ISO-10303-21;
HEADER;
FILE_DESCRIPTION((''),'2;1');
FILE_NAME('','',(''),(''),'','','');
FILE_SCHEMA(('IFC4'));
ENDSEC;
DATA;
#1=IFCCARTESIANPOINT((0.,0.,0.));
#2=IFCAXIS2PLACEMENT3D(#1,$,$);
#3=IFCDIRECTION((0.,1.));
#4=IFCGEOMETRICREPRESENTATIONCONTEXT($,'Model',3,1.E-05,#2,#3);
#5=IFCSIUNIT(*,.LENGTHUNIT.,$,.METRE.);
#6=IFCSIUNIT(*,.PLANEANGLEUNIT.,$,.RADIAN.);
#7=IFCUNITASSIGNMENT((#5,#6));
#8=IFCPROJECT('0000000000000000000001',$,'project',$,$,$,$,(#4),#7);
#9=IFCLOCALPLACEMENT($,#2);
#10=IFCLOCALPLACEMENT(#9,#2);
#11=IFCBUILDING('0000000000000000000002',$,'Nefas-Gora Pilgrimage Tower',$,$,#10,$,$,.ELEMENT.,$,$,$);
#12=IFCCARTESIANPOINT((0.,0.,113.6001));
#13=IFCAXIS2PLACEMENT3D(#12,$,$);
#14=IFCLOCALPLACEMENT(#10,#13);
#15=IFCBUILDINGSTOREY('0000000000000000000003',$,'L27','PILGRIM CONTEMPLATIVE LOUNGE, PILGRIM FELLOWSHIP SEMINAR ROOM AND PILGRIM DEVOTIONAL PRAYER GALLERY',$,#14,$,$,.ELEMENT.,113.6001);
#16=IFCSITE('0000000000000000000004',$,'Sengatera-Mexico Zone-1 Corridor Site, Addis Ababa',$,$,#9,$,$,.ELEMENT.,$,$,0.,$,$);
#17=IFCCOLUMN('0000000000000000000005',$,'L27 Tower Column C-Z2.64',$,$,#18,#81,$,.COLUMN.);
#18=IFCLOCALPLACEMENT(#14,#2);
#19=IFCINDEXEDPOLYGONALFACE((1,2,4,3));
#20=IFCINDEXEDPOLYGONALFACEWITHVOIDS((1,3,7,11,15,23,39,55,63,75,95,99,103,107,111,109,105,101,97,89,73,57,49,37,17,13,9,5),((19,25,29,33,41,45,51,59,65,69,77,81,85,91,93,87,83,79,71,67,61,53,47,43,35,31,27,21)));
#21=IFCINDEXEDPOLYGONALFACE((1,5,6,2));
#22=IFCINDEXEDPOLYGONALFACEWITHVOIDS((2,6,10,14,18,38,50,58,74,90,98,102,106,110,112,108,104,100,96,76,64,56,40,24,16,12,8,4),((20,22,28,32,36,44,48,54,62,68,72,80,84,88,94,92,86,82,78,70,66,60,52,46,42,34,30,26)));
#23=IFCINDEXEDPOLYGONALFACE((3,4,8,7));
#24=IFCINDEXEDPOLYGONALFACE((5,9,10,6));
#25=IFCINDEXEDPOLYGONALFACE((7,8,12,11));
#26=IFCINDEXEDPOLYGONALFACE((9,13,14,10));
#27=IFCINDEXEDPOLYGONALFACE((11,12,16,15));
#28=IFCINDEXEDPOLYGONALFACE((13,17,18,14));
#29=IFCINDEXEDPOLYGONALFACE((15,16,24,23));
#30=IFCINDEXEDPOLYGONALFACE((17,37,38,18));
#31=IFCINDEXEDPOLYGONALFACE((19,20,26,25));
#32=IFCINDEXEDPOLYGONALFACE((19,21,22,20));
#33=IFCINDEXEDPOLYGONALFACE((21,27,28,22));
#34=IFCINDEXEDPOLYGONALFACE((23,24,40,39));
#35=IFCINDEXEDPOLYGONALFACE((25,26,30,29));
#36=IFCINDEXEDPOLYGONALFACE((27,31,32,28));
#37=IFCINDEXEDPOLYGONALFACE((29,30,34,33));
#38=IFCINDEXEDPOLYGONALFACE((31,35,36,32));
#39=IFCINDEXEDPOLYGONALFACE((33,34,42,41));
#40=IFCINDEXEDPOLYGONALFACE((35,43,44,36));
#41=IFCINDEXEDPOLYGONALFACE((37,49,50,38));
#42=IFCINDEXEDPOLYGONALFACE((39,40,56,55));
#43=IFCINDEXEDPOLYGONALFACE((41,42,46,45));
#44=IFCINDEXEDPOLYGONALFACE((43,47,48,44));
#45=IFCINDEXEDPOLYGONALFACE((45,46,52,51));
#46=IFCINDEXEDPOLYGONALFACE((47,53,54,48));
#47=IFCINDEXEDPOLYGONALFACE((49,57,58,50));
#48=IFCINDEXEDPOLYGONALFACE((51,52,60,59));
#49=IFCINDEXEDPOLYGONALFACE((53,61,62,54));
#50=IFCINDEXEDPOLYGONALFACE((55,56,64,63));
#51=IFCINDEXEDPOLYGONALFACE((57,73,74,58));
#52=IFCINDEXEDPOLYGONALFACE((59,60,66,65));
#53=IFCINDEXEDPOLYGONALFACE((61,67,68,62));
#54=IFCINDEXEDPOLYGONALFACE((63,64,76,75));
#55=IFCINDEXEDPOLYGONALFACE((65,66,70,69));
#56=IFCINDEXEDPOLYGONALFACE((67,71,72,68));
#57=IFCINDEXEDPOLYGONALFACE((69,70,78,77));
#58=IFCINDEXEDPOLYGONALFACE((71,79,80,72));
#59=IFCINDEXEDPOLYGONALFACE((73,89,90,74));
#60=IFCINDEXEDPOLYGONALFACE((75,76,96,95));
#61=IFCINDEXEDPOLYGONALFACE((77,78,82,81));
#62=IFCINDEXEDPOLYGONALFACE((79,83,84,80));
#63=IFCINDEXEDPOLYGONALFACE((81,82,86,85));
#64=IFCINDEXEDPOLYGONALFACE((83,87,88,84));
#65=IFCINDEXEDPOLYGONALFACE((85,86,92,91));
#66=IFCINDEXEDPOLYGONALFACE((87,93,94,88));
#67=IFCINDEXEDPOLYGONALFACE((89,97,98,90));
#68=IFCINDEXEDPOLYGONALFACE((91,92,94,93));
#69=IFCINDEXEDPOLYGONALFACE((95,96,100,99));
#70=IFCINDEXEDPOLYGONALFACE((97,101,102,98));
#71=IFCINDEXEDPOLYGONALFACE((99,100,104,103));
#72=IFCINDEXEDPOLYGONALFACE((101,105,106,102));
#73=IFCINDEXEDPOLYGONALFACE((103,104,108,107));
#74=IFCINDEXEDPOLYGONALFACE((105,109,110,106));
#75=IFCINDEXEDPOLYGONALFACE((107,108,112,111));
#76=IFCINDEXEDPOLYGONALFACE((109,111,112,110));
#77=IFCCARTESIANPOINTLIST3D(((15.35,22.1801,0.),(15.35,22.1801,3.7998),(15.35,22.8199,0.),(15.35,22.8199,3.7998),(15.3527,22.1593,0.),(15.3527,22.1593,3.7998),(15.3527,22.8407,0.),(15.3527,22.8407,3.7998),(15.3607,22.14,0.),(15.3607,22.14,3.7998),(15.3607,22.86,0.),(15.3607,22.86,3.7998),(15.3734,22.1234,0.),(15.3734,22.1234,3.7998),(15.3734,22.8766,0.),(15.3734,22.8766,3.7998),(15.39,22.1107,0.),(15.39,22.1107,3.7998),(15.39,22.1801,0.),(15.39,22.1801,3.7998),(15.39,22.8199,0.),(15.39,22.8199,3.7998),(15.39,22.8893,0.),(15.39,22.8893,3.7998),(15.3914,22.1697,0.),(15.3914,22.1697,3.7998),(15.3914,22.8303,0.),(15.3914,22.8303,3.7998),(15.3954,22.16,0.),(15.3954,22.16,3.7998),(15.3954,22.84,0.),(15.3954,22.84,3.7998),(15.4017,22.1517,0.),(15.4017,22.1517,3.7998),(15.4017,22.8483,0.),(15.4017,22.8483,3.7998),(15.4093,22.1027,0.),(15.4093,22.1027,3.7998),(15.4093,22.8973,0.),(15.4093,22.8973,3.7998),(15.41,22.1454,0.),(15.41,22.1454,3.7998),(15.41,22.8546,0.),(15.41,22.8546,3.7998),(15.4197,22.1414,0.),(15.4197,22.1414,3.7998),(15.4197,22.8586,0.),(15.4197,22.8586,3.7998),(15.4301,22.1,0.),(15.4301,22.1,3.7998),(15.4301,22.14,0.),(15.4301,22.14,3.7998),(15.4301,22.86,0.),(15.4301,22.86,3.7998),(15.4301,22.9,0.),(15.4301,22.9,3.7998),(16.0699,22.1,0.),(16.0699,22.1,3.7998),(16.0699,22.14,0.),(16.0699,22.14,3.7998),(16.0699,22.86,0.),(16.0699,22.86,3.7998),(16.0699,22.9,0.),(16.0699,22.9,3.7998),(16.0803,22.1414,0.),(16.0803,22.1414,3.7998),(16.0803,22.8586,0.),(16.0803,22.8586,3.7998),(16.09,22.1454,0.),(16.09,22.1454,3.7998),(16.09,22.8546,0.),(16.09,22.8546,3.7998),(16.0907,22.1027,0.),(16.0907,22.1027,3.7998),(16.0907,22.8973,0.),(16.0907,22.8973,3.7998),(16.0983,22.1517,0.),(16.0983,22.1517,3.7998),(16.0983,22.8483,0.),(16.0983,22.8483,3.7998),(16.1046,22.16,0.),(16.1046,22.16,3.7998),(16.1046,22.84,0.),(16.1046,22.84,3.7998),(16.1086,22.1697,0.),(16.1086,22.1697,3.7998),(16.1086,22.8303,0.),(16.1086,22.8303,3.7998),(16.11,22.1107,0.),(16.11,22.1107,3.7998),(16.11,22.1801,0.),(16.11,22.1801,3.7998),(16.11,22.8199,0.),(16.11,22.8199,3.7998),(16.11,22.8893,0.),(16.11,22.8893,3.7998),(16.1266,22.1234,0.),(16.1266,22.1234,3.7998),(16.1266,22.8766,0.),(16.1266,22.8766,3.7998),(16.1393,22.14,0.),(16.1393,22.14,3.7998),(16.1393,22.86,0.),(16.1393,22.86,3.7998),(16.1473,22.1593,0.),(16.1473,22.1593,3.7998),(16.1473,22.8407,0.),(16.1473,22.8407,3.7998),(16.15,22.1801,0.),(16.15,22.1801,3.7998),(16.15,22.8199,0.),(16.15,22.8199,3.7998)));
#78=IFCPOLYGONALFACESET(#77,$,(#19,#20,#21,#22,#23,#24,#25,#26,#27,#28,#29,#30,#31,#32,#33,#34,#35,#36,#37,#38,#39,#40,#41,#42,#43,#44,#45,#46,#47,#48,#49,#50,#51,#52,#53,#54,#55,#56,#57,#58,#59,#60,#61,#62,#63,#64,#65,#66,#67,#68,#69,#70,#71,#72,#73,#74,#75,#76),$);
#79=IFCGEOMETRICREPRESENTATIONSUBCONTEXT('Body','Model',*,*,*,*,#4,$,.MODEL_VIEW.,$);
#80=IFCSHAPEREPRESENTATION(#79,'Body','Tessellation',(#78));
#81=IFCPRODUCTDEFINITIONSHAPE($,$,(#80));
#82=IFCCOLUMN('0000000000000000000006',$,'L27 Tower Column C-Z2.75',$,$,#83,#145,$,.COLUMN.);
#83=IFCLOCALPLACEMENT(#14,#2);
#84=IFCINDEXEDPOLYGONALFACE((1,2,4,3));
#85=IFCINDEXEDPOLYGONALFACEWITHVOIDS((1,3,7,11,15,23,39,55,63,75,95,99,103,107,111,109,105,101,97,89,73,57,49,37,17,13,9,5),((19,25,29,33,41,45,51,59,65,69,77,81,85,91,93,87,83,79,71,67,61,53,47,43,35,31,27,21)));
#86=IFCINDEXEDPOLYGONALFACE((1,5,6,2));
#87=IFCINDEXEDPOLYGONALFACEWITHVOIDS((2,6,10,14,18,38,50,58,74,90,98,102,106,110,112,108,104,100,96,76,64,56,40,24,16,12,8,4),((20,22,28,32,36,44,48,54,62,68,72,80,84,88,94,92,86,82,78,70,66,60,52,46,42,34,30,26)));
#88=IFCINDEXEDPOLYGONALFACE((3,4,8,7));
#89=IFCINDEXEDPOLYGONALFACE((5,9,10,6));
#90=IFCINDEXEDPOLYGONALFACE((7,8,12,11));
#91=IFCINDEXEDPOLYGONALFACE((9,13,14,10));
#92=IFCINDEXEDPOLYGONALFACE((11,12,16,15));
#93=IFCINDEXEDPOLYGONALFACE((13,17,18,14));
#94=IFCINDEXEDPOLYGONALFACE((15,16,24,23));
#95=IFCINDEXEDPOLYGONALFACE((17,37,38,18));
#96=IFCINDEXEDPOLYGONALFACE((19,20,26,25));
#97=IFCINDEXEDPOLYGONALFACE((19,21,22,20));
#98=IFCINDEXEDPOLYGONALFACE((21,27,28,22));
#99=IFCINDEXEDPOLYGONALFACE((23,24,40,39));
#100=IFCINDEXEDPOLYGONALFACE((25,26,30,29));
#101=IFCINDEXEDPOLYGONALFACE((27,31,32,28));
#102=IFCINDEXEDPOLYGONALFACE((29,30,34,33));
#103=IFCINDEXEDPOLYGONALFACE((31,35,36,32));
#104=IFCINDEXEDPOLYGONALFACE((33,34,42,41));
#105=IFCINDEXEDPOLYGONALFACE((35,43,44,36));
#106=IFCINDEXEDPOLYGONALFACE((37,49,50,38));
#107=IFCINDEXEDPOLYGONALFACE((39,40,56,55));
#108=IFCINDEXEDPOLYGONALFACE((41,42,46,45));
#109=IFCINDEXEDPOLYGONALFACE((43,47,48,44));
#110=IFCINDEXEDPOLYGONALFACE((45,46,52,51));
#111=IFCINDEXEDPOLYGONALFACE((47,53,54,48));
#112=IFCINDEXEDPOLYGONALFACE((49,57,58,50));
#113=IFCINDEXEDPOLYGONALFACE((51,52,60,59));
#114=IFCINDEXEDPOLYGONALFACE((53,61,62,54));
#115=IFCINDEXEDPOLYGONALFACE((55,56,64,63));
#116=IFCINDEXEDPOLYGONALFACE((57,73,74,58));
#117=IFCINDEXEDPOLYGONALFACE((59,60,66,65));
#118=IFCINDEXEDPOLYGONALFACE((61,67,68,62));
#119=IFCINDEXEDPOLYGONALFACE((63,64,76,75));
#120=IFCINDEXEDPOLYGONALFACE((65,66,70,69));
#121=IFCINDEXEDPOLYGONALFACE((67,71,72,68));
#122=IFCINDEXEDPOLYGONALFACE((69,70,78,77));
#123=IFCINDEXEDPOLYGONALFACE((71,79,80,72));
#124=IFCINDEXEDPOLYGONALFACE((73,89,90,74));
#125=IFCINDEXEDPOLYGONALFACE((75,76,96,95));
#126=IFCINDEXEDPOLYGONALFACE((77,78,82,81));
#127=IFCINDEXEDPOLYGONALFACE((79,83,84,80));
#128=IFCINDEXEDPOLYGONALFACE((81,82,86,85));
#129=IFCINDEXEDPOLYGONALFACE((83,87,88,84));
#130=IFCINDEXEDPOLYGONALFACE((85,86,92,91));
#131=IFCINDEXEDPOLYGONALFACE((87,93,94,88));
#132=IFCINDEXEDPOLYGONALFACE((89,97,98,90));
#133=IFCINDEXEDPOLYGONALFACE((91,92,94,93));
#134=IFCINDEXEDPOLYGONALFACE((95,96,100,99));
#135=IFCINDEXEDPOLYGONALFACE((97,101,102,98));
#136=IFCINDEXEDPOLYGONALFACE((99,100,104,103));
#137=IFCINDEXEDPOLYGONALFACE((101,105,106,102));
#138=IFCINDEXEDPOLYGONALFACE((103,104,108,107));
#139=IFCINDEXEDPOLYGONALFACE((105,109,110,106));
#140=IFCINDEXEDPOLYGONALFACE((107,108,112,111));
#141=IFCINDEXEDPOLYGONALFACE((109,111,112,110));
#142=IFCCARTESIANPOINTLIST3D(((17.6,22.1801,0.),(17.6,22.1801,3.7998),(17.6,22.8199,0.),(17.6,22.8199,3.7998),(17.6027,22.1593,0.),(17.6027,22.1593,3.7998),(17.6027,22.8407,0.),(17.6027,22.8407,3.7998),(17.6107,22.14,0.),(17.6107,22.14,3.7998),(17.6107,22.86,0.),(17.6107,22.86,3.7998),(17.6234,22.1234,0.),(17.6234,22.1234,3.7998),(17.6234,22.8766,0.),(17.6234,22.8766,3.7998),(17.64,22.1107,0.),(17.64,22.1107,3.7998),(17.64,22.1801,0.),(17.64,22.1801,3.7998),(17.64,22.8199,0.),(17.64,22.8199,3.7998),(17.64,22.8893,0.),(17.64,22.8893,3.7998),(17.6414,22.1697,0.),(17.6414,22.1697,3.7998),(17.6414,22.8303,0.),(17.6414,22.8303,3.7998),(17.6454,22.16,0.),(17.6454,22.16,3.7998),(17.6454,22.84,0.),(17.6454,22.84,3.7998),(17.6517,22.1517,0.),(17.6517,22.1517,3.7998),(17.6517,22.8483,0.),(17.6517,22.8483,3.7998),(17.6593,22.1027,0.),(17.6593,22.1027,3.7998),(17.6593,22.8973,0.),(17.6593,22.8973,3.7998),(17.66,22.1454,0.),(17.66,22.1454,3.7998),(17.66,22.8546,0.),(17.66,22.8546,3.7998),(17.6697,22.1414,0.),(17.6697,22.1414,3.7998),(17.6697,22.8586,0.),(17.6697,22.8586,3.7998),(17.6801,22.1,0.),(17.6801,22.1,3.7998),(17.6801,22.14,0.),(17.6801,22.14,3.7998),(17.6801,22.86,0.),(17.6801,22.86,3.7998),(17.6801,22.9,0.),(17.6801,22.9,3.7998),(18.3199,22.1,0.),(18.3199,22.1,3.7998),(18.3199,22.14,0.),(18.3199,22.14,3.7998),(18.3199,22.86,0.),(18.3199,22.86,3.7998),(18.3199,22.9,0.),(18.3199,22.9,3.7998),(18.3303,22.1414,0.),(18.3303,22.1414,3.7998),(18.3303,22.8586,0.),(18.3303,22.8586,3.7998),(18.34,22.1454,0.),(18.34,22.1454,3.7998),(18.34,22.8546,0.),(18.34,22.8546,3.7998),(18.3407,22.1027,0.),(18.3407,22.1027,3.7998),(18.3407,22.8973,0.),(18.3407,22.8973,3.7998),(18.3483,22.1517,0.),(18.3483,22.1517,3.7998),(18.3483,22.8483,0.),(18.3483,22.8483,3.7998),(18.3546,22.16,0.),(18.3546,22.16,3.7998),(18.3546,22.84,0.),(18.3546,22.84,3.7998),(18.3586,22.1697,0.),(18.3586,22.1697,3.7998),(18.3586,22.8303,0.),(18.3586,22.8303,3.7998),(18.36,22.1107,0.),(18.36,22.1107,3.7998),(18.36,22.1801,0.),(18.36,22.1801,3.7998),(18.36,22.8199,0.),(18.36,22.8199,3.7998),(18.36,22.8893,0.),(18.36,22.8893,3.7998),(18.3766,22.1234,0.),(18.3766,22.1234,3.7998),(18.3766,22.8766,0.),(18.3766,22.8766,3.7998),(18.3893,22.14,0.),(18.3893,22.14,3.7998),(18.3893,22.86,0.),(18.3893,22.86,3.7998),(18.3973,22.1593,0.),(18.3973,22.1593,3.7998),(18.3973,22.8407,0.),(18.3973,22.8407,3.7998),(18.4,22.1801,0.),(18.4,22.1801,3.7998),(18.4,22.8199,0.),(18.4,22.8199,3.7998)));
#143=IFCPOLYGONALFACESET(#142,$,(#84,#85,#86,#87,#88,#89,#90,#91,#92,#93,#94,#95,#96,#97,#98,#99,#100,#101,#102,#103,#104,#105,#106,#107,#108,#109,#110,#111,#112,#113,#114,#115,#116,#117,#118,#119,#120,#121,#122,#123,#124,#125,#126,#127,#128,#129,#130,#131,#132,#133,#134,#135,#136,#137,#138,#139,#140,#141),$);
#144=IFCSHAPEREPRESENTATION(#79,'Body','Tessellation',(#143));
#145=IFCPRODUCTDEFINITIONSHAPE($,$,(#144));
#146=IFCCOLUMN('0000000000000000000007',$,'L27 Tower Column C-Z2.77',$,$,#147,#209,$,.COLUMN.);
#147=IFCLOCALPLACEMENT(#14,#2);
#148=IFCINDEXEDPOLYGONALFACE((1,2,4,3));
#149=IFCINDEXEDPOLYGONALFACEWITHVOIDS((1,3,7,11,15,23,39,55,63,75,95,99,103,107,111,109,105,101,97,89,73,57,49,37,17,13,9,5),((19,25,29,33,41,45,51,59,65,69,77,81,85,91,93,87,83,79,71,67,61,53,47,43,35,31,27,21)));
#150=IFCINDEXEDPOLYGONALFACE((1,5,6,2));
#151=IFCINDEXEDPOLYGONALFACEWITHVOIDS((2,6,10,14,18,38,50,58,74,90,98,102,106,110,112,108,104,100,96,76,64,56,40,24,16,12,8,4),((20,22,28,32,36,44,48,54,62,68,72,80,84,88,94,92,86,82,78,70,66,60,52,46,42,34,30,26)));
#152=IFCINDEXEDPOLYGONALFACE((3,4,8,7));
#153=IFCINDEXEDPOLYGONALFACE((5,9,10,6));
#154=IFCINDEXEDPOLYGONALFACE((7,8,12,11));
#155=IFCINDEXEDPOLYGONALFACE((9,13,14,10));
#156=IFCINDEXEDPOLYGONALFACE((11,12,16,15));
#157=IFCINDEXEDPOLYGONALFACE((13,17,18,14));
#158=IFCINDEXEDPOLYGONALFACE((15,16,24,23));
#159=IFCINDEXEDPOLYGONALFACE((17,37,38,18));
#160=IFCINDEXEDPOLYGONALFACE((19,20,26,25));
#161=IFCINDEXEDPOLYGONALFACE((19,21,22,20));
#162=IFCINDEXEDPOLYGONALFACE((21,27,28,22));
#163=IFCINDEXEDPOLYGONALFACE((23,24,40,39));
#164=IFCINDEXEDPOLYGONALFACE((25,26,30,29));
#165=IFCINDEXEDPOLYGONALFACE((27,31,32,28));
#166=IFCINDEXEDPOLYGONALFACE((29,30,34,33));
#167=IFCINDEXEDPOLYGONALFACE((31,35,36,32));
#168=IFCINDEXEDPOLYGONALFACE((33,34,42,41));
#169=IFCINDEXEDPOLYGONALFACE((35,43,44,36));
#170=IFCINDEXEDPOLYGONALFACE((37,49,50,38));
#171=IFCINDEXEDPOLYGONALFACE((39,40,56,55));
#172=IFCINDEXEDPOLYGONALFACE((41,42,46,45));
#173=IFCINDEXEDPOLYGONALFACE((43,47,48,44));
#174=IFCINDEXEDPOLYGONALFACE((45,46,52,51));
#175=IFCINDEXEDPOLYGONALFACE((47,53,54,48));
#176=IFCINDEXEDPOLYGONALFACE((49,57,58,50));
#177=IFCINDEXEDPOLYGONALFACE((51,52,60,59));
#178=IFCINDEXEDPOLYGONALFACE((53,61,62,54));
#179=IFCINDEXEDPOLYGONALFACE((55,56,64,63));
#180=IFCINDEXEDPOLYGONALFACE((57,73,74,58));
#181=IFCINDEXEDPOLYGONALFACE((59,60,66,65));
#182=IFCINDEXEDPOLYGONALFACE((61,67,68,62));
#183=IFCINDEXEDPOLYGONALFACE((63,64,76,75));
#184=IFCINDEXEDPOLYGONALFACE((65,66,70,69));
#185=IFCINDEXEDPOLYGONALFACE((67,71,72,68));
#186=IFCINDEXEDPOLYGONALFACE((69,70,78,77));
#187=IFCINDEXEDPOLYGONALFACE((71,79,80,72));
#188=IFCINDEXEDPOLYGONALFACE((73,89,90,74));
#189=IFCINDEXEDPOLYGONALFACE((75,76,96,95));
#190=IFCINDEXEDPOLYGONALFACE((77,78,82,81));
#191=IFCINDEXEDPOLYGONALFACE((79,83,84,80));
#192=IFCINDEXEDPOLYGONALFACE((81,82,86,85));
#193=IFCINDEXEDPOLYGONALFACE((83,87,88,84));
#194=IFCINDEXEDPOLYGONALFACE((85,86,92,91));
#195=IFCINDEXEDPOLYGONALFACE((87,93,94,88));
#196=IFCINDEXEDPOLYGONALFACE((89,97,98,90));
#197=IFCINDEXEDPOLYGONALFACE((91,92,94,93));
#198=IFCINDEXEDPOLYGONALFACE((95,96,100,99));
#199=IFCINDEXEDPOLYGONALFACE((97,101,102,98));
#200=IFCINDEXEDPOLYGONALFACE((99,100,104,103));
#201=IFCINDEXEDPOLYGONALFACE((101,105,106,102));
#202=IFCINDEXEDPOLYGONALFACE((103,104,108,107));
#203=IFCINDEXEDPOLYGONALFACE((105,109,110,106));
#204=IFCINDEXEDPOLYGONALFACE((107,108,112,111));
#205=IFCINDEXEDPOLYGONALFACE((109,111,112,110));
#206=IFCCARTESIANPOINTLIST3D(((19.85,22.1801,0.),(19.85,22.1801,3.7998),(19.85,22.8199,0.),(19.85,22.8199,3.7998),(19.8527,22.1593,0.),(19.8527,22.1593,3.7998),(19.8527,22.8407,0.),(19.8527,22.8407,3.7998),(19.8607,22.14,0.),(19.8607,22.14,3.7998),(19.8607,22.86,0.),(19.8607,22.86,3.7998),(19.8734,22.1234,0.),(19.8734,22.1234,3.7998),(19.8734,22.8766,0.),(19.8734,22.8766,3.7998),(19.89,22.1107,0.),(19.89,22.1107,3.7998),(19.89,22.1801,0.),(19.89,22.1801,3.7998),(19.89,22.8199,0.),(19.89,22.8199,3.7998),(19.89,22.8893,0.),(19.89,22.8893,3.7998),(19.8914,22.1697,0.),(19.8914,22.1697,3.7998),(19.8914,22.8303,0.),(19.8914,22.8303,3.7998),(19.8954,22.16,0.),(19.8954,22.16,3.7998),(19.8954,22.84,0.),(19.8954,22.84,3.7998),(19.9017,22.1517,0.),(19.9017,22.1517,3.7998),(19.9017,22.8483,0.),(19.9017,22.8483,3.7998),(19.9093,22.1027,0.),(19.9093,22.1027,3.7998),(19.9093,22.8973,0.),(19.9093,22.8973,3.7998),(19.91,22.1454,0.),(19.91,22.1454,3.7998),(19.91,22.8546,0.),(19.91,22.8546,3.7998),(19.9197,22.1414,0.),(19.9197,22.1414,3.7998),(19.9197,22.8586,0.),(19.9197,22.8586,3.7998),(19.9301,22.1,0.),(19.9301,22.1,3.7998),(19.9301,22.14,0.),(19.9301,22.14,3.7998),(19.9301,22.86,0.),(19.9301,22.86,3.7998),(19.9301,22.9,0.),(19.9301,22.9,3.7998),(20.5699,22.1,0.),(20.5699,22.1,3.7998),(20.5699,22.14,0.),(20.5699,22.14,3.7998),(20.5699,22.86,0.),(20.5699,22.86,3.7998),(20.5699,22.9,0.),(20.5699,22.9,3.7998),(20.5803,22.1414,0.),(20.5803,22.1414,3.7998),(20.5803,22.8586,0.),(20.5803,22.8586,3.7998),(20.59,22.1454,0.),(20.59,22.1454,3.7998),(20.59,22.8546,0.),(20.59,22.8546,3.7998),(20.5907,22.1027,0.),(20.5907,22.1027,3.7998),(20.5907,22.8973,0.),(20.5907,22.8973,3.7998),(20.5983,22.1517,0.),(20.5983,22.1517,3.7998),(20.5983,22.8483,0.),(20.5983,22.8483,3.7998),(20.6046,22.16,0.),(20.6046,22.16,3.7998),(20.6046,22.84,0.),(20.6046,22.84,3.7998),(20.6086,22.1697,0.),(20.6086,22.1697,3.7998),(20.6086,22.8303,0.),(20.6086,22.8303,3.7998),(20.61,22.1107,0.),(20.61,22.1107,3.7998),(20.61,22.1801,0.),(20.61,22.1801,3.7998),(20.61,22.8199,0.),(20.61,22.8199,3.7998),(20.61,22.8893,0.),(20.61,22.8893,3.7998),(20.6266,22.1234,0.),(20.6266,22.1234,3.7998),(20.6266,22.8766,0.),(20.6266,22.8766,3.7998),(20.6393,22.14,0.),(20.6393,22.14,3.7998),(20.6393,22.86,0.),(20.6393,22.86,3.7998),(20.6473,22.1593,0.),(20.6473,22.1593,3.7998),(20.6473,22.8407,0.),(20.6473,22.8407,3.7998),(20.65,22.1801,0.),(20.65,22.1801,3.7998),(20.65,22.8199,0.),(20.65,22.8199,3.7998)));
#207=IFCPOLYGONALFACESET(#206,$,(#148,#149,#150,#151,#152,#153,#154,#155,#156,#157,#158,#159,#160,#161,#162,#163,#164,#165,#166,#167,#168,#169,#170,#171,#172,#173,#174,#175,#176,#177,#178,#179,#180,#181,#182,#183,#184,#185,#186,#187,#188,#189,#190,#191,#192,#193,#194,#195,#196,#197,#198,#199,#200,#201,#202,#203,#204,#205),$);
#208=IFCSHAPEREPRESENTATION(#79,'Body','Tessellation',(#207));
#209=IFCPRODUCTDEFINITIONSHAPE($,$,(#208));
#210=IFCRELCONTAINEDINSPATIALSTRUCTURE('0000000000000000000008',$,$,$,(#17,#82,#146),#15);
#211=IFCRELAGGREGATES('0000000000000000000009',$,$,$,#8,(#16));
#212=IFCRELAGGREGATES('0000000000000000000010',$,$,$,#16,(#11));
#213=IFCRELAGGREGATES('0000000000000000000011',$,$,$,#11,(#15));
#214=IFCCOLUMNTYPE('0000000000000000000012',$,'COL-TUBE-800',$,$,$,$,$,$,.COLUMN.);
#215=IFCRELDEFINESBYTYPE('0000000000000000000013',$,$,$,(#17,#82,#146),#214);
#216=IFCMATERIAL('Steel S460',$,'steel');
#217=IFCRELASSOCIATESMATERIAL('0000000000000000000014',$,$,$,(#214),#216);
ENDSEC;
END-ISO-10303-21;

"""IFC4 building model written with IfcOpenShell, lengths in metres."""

from ifc_helpers import new_model, si_unit, direction, frame, origin, origin_2d, place, context, subcontext, project, spatial, hollow_rectangle, extrude, source, transform, mapped, material, material_profile, profile_set, type_object, element, save


model = new_model("IFC4")

# Units and contexts
model_context = context("Model", 3, precision=1e-05, world=origin(), true_north=direction((0.0, 1.0)))
body_context = subcontext(model_context, "Body", "Model", "MODEL_VIEW")
ifc_project = project(units=[si_unit("LENGTHUNIT", "METRE"), si_unit("PLANEANGLEUNIT", "RADIAN")], contexts=[model_context])

# Site, building, storey
site_placement = place(None, origin())
site = spatial("IfcSite", under=ifc_project, at=site_placement, Name="Sengatera-Mexico Zone-1 Corridor Site, Addis Ababa", CompositionType="ELEMENT", RefElevation=0.0)
building_placement = place(site_placement, origin())
building = spatial("IfcBuilding", under=site, at=building_placement, Name="Nefas-Gora Pilgrimage Tower", CompositionType="ELEMENT")
storey_placement = place(building_placement, frame((0.0, 0.0, 113.6001)))
storey = spatial("IfcBuildingStorey", under=building, at=storey_placement, Name="L27", Description="PILGRIM CONTEMPLATIVE LOUNGE, PILGRIM FELLOWSHIP SEMINAR ROOM AND PILGRIM DEVOTIONAL PRAYER GALLERY", CompositionType="ELEMENT", Elevation=113.6001)

# Columns
ifc_material_1 = material(Name="Steel S460", Category="steel")
ifc_material_profile_1 = material_profile(ifc_material_1, hollow_rectangle(XDim=0.8, YDim=0.8, WallThickness=0.04, InnerFilletRadius=0.04, OuterFilletRadius=0.0801, at=origin_2d()), Name="BOX 800x800x40")
ifc_profile_set_1 = profile_set([ifc_material_profile_1], Name="Steel S460")
column_type_1 = type_object("IfcColumnType", Name="COL-TUBE-800", PredefinedType="COLUMN", material=ifc_profile_set_1)
shared_shape_1 = source(origin(), body_context, "Body", "SweptSolid", [
    extrude(hollow_rectangle(XDim=0.8, YDim=0.8, WallThickness=0.04, InnerFilletRadius=0.04, OuterFilletRadius=0.0801, at=origin_2d()), origin(), (0.0, 0.0, 1.0), 3.7998),
])
for number, where, z_axis, x_axis, name in (
    (1, (15.75, 22.5, 0.0), (0.0, 0.0, 1.0), (1.0, 0.0, 0.0), "L27 Tower Column C-Z2.64"),
    (2, (18.0, 22.5, 0.0), (0.0, 0.0, 1.0), (1.0, 0.0, 0.0), "L27 Tower Column C-Z2.75"),
    (3, (20.25, 22.5, 0.0), (0.0, 0.0, 1.0), (1.0, 0.0, 0.0), "L27 Tower Column C-Z2.77"),
):
    element("IfcColumn", number, at=place(storey_placement, frame(where, z_axis=z_axis, x_axis=x_axis)), inside=storey, type_object=column_type_1, Name=name, PredefinedType="COLUMN", context=body_context, shape_type="MappedRepresentation", body=[
        mapped(shared_shape_1, transform((0.0, 0.0, 0.0), x_axis=(1.0, 0.0, 0.0), y_axis=(0.0, 1.0, 0.0), z_axis=(0.0, 0.0, 1.0), scale=1.0)),
    ])

save(model, "model.ifc")
